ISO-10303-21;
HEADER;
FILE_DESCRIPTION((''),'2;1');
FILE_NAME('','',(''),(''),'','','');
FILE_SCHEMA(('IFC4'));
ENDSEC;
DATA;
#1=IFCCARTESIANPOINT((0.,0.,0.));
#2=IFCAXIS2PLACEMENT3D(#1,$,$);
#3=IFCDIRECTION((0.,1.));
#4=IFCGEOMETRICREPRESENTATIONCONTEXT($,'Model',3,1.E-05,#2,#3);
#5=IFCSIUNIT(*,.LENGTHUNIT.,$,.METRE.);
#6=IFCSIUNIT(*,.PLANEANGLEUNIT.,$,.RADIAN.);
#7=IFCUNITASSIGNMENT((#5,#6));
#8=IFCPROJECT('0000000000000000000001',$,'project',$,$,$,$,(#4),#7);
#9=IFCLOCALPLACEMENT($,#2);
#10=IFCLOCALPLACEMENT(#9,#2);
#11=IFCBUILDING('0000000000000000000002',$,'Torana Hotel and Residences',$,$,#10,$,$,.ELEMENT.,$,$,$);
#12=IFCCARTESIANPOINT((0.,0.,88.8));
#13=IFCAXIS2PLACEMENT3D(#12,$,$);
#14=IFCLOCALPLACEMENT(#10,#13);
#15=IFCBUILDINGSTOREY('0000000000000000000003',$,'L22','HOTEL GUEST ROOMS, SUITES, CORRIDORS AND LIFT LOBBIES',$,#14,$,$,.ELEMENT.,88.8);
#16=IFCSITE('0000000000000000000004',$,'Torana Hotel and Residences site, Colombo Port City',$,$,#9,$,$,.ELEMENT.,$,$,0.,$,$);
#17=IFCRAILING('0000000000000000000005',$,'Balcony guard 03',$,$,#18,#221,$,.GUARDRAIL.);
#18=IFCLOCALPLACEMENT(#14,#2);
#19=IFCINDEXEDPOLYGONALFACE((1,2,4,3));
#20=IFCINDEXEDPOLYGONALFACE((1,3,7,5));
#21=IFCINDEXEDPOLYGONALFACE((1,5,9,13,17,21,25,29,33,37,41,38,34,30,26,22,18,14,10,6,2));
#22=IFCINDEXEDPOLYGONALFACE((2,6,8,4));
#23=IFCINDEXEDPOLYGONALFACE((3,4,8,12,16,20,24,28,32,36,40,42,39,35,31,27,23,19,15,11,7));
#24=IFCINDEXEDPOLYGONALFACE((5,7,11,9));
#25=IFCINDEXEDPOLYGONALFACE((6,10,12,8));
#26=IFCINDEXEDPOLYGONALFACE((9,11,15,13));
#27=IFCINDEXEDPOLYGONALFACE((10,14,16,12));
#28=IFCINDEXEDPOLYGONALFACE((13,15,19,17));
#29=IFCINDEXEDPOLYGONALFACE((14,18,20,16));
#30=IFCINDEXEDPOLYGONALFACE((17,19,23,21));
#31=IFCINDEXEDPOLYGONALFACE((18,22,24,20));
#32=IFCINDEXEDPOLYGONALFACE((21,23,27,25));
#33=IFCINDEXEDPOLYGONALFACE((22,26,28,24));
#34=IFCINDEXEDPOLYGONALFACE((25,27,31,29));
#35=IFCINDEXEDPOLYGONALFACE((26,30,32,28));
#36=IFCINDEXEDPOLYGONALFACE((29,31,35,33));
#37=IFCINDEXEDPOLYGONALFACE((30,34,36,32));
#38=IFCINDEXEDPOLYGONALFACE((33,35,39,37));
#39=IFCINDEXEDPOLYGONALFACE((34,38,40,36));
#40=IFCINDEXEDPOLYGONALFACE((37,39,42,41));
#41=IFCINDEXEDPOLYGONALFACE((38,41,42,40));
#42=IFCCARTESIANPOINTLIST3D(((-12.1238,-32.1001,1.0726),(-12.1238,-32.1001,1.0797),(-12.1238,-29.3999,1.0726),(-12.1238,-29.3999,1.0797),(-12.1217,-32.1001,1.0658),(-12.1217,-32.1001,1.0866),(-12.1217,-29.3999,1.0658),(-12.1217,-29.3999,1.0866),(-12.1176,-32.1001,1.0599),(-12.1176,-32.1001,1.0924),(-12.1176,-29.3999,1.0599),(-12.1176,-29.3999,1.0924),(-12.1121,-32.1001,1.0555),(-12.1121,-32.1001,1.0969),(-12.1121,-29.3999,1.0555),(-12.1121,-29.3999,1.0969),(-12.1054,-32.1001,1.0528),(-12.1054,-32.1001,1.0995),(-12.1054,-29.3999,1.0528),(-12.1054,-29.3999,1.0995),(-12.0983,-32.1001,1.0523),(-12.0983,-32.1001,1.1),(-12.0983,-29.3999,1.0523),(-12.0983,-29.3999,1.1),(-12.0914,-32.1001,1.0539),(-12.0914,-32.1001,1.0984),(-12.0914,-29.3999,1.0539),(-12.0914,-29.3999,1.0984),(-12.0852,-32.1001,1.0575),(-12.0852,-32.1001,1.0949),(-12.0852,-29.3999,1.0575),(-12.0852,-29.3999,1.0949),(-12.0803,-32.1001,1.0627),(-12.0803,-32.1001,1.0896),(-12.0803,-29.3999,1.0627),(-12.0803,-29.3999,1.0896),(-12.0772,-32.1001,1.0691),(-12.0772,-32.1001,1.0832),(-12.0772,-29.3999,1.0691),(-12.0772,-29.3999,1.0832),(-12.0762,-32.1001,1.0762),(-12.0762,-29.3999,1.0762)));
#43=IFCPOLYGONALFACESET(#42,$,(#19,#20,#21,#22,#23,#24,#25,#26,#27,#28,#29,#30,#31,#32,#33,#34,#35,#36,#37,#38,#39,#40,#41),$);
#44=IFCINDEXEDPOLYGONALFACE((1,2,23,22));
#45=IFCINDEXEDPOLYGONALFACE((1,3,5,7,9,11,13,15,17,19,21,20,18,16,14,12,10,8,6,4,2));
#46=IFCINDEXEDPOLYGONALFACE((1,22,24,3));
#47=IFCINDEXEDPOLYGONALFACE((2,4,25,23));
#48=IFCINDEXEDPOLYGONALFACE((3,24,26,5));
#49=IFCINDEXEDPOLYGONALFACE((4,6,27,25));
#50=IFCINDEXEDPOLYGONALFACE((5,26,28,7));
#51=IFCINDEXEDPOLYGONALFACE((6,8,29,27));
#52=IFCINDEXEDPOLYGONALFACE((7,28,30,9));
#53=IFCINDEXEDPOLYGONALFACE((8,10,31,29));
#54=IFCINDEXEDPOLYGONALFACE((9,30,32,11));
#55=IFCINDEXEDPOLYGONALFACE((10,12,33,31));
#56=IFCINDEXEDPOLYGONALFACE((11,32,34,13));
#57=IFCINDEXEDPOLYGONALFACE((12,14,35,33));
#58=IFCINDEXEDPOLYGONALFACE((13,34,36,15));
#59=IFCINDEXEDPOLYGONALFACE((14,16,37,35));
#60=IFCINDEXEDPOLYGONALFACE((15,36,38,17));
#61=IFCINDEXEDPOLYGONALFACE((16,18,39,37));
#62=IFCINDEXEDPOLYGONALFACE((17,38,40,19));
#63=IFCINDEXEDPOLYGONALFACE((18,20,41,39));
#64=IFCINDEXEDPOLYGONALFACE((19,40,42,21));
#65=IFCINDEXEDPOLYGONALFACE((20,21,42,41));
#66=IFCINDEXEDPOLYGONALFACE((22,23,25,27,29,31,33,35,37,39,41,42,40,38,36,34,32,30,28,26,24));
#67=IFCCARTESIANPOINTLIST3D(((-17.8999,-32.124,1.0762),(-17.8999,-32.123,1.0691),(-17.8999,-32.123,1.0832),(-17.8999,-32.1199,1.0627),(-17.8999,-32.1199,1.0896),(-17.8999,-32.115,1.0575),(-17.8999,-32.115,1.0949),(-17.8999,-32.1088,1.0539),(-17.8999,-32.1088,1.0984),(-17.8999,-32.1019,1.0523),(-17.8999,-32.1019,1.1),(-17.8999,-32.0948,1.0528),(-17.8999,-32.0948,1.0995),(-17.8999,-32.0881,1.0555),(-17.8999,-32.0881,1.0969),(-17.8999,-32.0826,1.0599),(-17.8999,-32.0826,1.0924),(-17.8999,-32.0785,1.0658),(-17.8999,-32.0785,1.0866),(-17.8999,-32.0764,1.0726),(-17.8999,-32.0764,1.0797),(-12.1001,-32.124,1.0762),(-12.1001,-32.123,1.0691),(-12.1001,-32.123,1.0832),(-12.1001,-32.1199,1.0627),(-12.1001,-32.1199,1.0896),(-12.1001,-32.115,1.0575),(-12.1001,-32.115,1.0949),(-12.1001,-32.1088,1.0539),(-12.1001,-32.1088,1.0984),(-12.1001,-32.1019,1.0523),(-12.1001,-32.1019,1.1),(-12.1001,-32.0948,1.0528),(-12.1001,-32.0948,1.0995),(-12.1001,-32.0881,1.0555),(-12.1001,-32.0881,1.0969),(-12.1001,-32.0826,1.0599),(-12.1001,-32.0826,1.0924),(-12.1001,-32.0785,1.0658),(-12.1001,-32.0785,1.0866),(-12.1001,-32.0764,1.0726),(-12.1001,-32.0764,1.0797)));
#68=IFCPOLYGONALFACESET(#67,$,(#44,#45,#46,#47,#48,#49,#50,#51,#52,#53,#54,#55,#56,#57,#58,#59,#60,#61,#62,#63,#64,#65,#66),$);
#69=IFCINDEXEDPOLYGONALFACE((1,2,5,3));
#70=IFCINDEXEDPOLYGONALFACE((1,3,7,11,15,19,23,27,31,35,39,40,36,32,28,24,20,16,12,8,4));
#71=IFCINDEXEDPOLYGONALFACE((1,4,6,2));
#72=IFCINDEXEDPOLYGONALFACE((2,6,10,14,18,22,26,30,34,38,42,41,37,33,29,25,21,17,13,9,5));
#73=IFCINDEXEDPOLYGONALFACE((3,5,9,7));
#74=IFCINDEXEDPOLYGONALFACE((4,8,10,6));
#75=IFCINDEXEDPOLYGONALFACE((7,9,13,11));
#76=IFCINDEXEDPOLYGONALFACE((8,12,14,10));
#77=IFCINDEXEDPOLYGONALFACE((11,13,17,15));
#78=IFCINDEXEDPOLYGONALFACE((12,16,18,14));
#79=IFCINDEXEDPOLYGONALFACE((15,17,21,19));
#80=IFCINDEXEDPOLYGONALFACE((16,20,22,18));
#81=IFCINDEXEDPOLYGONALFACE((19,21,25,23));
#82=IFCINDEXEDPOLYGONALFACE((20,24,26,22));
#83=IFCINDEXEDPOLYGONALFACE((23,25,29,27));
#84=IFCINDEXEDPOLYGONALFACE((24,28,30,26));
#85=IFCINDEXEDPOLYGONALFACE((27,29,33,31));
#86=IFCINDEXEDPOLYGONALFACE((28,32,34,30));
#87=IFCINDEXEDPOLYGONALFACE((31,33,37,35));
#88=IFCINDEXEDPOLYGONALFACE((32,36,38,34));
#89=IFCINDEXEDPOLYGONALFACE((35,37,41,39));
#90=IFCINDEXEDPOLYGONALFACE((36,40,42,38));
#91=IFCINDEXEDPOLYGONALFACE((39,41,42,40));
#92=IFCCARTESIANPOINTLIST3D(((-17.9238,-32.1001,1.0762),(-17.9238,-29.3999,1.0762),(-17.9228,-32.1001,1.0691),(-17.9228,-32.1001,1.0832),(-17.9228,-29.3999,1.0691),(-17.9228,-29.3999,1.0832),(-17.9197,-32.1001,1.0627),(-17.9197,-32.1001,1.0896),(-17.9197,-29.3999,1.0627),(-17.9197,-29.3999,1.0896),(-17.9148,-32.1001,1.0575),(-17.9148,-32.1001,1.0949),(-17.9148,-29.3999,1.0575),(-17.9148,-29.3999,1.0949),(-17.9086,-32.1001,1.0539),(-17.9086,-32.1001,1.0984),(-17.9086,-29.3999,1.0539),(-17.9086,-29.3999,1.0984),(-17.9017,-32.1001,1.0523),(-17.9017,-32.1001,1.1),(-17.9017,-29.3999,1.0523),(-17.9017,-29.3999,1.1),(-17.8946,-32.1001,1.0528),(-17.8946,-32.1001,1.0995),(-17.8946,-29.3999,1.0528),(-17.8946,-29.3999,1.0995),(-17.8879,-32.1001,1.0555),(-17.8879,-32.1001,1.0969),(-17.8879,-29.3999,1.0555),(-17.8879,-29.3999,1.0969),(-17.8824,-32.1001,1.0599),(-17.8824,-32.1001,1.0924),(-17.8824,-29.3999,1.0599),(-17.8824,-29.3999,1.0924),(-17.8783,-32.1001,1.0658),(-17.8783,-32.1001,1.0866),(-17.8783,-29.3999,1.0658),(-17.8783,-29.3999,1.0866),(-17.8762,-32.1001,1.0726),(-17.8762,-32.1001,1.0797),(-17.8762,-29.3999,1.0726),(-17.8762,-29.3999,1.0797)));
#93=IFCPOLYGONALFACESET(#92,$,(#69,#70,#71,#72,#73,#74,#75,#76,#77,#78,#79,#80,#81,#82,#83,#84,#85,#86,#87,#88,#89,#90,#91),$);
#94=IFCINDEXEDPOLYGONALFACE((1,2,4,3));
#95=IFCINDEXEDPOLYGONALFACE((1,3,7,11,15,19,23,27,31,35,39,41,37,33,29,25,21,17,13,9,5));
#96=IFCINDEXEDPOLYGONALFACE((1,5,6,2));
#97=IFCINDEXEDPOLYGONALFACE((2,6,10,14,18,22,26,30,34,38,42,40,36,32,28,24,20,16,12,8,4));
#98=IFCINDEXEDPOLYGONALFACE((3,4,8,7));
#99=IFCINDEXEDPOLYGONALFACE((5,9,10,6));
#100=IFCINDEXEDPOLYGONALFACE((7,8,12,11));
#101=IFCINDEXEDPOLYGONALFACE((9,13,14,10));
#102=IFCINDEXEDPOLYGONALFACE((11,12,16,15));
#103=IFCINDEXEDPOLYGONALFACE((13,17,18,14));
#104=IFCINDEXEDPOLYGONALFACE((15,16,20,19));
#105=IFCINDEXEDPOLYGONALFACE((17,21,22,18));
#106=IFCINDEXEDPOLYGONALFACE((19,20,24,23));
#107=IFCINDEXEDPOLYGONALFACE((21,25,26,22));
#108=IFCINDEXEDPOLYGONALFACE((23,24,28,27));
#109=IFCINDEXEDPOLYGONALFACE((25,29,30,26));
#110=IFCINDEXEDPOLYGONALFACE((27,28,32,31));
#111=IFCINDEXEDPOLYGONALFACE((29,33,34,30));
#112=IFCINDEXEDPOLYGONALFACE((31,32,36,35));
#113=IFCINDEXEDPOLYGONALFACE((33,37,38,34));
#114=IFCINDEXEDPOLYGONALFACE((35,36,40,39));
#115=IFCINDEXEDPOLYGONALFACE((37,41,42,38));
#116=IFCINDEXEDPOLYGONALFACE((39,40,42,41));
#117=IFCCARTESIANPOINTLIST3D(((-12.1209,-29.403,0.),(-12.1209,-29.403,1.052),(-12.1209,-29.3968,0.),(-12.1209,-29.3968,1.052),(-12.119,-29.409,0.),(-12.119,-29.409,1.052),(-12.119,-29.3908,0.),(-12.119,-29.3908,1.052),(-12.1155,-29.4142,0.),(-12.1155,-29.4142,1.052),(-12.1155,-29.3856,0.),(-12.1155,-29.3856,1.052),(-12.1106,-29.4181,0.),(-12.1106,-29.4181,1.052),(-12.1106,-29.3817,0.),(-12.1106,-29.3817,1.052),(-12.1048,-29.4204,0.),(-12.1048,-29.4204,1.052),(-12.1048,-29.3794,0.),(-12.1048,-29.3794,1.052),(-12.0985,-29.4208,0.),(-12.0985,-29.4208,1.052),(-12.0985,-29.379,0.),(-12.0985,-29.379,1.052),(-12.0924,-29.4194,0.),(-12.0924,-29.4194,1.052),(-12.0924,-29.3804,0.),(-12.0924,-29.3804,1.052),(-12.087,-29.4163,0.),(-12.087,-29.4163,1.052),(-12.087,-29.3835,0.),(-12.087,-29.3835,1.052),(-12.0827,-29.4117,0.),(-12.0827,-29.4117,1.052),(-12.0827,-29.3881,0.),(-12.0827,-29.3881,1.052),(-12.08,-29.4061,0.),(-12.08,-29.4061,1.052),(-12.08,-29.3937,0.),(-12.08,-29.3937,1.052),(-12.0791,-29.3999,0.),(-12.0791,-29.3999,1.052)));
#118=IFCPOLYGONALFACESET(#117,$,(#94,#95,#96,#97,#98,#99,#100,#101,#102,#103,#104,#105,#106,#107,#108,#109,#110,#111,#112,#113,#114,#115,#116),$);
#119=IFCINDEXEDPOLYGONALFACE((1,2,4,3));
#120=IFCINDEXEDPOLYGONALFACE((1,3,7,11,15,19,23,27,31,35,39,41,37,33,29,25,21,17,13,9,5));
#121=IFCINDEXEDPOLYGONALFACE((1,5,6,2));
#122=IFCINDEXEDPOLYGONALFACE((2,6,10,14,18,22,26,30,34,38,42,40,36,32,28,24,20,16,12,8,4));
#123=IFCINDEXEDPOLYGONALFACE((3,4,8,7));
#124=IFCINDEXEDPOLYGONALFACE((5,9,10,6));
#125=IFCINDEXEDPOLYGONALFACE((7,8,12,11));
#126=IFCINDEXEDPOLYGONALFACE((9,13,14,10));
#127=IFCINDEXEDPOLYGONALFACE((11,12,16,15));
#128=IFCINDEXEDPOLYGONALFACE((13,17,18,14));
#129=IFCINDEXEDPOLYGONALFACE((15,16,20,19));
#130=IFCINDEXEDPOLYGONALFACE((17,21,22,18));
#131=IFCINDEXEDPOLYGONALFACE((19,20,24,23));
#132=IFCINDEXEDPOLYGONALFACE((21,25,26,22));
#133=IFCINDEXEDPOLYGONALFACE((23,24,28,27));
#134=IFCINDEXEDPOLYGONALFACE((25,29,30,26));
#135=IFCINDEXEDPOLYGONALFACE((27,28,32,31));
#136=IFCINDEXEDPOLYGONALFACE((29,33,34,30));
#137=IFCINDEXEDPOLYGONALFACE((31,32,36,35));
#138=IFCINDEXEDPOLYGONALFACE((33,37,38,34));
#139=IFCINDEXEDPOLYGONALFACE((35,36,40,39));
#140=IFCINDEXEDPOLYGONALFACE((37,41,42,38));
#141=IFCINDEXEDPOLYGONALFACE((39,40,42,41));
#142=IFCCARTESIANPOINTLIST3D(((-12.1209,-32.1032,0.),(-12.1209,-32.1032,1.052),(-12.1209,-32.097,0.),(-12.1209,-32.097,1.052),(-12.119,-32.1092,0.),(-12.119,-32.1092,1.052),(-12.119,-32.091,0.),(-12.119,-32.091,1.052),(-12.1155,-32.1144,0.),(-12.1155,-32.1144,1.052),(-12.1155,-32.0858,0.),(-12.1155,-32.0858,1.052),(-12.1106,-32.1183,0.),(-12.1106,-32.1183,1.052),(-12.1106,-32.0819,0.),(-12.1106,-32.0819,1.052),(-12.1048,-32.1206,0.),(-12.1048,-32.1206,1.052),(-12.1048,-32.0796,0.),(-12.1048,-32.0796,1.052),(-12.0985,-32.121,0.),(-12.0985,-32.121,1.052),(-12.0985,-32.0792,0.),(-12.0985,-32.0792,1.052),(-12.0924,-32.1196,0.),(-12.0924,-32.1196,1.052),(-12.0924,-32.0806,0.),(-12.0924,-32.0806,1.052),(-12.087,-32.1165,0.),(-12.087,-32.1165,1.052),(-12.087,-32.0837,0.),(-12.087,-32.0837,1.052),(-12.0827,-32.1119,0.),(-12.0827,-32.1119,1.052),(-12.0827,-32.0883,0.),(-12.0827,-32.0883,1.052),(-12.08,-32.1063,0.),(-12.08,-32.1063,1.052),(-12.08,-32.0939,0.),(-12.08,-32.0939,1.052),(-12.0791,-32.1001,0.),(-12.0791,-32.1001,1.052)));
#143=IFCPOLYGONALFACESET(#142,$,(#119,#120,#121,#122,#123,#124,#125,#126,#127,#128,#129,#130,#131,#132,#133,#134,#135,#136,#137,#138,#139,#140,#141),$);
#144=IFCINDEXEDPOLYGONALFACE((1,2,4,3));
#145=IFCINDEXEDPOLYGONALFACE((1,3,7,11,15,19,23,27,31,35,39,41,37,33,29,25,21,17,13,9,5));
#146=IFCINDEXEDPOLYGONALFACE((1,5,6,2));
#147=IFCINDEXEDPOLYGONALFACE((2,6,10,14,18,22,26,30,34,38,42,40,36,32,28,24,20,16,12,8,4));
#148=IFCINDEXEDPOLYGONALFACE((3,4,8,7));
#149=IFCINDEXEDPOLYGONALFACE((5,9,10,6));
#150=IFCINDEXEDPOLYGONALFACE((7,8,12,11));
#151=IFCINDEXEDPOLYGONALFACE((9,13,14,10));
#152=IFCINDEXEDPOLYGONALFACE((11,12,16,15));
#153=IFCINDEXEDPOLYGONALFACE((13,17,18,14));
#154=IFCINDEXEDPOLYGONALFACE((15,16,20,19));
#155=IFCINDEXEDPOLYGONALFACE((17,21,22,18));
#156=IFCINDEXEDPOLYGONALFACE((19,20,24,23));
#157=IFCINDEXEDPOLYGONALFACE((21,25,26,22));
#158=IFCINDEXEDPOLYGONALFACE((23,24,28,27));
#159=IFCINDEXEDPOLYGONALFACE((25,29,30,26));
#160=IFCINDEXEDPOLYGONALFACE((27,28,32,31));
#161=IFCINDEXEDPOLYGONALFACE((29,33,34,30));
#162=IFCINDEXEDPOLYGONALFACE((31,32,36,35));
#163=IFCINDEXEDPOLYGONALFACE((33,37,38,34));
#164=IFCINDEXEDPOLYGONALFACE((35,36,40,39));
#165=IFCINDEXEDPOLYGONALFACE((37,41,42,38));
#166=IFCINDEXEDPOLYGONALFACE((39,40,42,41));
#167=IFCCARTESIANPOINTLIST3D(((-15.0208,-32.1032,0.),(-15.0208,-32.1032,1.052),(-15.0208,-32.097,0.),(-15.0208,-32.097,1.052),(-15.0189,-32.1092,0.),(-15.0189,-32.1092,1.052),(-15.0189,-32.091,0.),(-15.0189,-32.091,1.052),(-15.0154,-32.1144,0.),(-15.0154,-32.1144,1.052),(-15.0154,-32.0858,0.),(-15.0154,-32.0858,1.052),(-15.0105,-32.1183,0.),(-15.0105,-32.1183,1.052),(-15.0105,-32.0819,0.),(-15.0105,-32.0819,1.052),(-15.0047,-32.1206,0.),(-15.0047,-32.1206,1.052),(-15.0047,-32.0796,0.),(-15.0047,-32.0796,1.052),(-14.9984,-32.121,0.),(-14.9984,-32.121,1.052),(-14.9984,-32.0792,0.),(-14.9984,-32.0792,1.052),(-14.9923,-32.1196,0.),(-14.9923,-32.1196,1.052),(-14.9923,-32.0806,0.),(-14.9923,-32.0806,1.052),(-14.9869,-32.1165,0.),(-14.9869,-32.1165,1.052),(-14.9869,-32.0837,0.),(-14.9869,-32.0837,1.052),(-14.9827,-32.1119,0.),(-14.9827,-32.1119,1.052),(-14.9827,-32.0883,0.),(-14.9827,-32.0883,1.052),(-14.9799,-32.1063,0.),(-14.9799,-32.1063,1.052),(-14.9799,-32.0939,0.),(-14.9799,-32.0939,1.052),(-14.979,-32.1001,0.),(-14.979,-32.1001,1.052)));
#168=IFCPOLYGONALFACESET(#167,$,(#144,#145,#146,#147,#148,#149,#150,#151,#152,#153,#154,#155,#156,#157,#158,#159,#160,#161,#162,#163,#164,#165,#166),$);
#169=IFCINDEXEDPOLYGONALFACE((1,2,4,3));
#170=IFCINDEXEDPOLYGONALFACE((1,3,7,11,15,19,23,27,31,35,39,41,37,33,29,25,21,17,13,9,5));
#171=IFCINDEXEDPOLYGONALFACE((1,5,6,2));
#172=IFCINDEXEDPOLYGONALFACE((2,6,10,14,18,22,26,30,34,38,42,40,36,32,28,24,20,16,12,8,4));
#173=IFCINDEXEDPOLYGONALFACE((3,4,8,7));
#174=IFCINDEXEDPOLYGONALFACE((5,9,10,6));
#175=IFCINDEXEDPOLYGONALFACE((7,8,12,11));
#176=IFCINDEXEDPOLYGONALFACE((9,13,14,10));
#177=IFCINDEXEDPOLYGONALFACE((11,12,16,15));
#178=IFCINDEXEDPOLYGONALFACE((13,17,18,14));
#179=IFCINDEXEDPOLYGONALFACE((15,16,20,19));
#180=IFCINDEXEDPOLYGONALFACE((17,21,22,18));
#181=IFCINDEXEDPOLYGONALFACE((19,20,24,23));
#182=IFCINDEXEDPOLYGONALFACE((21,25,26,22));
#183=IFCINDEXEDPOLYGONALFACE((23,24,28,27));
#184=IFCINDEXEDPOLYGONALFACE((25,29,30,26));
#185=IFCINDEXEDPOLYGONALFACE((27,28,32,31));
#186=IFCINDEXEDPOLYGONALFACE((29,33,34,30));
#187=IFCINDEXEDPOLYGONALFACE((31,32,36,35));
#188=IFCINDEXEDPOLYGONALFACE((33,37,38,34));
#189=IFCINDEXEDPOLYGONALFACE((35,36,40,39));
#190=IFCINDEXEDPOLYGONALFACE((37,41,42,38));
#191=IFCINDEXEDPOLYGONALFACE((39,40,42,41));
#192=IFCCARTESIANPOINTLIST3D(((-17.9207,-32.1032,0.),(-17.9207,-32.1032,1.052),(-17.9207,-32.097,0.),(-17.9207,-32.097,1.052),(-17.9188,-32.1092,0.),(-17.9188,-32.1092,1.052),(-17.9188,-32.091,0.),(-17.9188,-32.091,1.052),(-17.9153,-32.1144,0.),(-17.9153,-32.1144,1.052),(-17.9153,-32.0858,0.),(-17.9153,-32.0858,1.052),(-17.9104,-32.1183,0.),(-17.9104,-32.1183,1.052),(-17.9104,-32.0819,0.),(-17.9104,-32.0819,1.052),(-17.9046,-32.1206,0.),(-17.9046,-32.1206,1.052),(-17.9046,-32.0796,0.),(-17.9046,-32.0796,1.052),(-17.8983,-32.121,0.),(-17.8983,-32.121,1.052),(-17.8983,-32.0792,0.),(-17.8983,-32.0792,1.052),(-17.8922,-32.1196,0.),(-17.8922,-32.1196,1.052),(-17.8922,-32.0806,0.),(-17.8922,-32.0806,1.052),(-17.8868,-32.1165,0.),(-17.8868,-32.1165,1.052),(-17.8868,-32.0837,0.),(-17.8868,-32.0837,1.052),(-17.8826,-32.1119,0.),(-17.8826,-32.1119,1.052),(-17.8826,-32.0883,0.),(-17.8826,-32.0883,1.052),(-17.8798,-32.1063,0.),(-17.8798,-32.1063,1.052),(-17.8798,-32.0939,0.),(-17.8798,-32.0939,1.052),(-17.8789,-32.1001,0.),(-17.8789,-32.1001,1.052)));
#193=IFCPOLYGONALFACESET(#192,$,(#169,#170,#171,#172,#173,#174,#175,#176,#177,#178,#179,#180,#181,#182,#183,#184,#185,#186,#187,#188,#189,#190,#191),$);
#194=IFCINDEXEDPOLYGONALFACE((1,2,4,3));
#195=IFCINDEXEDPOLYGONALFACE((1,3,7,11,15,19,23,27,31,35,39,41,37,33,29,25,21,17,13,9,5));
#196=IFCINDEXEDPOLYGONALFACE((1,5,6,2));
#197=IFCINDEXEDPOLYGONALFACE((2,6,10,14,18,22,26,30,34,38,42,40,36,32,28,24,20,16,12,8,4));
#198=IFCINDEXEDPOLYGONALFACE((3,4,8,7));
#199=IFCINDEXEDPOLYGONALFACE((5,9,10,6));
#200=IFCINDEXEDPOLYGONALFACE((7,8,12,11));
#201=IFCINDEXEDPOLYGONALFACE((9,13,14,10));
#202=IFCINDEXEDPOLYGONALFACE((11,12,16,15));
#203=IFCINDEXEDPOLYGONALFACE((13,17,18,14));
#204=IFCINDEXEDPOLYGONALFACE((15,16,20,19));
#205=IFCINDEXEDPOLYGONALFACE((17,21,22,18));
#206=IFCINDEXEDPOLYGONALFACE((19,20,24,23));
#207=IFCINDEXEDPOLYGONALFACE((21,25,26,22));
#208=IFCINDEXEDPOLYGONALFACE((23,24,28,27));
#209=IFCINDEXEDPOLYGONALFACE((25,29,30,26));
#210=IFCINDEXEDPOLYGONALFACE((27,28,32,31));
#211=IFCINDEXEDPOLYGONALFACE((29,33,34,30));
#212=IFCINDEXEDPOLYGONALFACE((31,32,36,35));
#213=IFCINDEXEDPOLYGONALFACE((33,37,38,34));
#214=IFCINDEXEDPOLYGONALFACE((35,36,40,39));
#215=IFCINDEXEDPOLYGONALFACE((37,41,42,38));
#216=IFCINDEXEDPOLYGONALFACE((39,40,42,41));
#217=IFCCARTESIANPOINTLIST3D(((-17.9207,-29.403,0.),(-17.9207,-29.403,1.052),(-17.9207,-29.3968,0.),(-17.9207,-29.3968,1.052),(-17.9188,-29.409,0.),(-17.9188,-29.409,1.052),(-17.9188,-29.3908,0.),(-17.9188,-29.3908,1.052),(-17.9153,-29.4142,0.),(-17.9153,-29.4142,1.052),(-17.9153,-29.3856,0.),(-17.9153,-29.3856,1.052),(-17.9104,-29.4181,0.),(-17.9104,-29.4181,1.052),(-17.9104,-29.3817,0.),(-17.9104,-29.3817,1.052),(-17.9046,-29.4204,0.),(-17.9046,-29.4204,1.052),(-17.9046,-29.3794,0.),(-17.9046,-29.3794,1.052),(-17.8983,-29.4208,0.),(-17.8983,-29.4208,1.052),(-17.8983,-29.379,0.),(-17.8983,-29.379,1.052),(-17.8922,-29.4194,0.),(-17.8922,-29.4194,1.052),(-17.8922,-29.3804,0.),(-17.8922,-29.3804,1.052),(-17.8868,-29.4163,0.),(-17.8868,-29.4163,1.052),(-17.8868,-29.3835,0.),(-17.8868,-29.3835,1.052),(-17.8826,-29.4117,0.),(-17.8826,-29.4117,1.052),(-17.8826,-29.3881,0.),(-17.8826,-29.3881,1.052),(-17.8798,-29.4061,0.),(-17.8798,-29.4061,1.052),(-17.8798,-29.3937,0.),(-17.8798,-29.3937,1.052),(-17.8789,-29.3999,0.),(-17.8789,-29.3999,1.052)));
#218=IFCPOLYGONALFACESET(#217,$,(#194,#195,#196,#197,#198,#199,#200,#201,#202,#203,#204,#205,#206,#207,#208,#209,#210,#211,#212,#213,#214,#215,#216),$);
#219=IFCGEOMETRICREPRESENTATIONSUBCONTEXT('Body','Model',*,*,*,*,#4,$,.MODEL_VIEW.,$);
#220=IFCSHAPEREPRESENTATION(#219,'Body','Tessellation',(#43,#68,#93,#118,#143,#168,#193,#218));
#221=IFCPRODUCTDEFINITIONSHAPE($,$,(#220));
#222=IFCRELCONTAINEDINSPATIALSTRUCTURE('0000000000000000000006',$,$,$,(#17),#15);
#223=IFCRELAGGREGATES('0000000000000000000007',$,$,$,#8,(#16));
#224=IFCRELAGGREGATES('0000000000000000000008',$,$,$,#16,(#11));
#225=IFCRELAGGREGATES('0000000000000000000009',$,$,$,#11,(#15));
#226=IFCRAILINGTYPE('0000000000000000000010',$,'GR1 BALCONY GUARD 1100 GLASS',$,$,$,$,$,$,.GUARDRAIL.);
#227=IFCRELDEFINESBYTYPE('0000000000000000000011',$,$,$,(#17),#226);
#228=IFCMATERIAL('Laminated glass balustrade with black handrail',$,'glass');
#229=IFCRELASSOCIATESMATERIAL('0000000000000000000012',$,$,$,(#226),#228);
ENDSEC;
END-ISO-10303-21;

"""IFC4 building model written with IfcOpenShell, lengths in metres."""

from ifc_helpers import new_model, si_unit, direction, frame, origin, origin_2d, place, context, subcontext, project, spatial, circle, extrude, material, type_object, element, save


model = new_model("IFC4")

# Units and contexts
model_context = context("Model", 3, precision=1e-05, world=origin(), true_north=direction((0.0, 1.0)))
body_context = subcontext(model_context, "Body", "Model", "MODEL_VIEW")
ifc_project = project(units=[si_unit("LENGTHUNIT", "METRE"), si_unit("PLANEANGLEUNIT", "RADIAN")], contexts=[model_context])

# Site, building, storey
site_placement = place(None, origin())
site = spatial("IfcSite", under=ifc_project, at=site_placement, Name="Torana Hotel and Residences site, Colombo Port City", CompositionType="ELEMENT", RefElevation=0.0)
building_placement = place(site_placement, origin())
building = spatial("IfcBuilding", under=site, at=building_placement, Name="Torana Hotel and Residences", CompositionType="ELEMENT")
storey_placement = place(building_placement, frame((0.0, 0.0, 88.8)))
storey = spatial("IfcBuildingStorey", under=building, at=storey_placement, Name="L22", Description="HOTEL GUEST ROOMS, SUITES, CORRIDORS AND LIFT LOBBIES", CompositionType="ELEMENT", Elevation=88.8)

# Railing
ifc_material_1 = material(Name="Laminated glass balustrade with black handrail", Category="glass")
railing_type = type_object("IfcRailingType", Name="GR1 BALCONY GUARD 1100 GLASS", PredefinedType="GUARDRAIL", material=ifc_material_1)
railing_placement = place(storey_placement, frame((-12.1001, -29.3999, 0.0)))
element("IfcRailing", 1, at=railing_placement, inside=storey, type_object=railing_type, Name="Balcony guard 03", PredefinedType="GUARDRAIL", context=body_context, shape_type="SweptSolid", body=[
    extrude(circle(Radius=0.0239, at=origin_2d()), frame((0.0, 0.0, 1.0762), z_axis=(0.0, -1.0, 0.0), x_axis=(1.0, 0.0, 0.0)), (0.0, 0.0, 1.0), 2.7002),
    extrude(circle(Radius=0.0239, at=origin_2d()), frame((0.0, -2.7002, 1.0762), z_axis=(-1.0, 0.0, 0.0), x_axis=(0.0, -1.0, 0.0)), (0.0, 0.0, 1.0), 5.7998),
    extrude(circle(Radius=0.0239, at=origin_2d()), frame((-5.7998, -2.7002, 1.0762), z_axis=(0.0, 1.0, 0.0), x_axis=(-1.0, 0.0, 0.0)), (0.0, 0.0, 1.0), 2.7002),
    extrude(circle(Radius=0.021, at=origin_2d()), origin(), (0.0, 0.0, 1.0), 1.052),
    extrude(circle(Radius=0.021, at=origin_2d()), frame((0.0, -2.7002, 0.0)), (0.0, 0.0, 1.0), 1.052),
    extrude(circle(Radius=0.021, at=origin_2d()), frame((-2.8999, -2.7002, 0.0)), (0.0, 0.0, 1.0), 1.052),
    extrude(circle(Radius=0.021, at=origin_2d()), frame((-5.7998, -2.7002, 0.0)), (0.0, 0.0, 1.0), 1.052),
    extrude(circle(Radius=0.021, at=origin_2d()), frame((-5.7998, 0.0, 0.0)), (0.0, 0.0, 1.0), 1.052),
])

save(model, "model.ifc")
